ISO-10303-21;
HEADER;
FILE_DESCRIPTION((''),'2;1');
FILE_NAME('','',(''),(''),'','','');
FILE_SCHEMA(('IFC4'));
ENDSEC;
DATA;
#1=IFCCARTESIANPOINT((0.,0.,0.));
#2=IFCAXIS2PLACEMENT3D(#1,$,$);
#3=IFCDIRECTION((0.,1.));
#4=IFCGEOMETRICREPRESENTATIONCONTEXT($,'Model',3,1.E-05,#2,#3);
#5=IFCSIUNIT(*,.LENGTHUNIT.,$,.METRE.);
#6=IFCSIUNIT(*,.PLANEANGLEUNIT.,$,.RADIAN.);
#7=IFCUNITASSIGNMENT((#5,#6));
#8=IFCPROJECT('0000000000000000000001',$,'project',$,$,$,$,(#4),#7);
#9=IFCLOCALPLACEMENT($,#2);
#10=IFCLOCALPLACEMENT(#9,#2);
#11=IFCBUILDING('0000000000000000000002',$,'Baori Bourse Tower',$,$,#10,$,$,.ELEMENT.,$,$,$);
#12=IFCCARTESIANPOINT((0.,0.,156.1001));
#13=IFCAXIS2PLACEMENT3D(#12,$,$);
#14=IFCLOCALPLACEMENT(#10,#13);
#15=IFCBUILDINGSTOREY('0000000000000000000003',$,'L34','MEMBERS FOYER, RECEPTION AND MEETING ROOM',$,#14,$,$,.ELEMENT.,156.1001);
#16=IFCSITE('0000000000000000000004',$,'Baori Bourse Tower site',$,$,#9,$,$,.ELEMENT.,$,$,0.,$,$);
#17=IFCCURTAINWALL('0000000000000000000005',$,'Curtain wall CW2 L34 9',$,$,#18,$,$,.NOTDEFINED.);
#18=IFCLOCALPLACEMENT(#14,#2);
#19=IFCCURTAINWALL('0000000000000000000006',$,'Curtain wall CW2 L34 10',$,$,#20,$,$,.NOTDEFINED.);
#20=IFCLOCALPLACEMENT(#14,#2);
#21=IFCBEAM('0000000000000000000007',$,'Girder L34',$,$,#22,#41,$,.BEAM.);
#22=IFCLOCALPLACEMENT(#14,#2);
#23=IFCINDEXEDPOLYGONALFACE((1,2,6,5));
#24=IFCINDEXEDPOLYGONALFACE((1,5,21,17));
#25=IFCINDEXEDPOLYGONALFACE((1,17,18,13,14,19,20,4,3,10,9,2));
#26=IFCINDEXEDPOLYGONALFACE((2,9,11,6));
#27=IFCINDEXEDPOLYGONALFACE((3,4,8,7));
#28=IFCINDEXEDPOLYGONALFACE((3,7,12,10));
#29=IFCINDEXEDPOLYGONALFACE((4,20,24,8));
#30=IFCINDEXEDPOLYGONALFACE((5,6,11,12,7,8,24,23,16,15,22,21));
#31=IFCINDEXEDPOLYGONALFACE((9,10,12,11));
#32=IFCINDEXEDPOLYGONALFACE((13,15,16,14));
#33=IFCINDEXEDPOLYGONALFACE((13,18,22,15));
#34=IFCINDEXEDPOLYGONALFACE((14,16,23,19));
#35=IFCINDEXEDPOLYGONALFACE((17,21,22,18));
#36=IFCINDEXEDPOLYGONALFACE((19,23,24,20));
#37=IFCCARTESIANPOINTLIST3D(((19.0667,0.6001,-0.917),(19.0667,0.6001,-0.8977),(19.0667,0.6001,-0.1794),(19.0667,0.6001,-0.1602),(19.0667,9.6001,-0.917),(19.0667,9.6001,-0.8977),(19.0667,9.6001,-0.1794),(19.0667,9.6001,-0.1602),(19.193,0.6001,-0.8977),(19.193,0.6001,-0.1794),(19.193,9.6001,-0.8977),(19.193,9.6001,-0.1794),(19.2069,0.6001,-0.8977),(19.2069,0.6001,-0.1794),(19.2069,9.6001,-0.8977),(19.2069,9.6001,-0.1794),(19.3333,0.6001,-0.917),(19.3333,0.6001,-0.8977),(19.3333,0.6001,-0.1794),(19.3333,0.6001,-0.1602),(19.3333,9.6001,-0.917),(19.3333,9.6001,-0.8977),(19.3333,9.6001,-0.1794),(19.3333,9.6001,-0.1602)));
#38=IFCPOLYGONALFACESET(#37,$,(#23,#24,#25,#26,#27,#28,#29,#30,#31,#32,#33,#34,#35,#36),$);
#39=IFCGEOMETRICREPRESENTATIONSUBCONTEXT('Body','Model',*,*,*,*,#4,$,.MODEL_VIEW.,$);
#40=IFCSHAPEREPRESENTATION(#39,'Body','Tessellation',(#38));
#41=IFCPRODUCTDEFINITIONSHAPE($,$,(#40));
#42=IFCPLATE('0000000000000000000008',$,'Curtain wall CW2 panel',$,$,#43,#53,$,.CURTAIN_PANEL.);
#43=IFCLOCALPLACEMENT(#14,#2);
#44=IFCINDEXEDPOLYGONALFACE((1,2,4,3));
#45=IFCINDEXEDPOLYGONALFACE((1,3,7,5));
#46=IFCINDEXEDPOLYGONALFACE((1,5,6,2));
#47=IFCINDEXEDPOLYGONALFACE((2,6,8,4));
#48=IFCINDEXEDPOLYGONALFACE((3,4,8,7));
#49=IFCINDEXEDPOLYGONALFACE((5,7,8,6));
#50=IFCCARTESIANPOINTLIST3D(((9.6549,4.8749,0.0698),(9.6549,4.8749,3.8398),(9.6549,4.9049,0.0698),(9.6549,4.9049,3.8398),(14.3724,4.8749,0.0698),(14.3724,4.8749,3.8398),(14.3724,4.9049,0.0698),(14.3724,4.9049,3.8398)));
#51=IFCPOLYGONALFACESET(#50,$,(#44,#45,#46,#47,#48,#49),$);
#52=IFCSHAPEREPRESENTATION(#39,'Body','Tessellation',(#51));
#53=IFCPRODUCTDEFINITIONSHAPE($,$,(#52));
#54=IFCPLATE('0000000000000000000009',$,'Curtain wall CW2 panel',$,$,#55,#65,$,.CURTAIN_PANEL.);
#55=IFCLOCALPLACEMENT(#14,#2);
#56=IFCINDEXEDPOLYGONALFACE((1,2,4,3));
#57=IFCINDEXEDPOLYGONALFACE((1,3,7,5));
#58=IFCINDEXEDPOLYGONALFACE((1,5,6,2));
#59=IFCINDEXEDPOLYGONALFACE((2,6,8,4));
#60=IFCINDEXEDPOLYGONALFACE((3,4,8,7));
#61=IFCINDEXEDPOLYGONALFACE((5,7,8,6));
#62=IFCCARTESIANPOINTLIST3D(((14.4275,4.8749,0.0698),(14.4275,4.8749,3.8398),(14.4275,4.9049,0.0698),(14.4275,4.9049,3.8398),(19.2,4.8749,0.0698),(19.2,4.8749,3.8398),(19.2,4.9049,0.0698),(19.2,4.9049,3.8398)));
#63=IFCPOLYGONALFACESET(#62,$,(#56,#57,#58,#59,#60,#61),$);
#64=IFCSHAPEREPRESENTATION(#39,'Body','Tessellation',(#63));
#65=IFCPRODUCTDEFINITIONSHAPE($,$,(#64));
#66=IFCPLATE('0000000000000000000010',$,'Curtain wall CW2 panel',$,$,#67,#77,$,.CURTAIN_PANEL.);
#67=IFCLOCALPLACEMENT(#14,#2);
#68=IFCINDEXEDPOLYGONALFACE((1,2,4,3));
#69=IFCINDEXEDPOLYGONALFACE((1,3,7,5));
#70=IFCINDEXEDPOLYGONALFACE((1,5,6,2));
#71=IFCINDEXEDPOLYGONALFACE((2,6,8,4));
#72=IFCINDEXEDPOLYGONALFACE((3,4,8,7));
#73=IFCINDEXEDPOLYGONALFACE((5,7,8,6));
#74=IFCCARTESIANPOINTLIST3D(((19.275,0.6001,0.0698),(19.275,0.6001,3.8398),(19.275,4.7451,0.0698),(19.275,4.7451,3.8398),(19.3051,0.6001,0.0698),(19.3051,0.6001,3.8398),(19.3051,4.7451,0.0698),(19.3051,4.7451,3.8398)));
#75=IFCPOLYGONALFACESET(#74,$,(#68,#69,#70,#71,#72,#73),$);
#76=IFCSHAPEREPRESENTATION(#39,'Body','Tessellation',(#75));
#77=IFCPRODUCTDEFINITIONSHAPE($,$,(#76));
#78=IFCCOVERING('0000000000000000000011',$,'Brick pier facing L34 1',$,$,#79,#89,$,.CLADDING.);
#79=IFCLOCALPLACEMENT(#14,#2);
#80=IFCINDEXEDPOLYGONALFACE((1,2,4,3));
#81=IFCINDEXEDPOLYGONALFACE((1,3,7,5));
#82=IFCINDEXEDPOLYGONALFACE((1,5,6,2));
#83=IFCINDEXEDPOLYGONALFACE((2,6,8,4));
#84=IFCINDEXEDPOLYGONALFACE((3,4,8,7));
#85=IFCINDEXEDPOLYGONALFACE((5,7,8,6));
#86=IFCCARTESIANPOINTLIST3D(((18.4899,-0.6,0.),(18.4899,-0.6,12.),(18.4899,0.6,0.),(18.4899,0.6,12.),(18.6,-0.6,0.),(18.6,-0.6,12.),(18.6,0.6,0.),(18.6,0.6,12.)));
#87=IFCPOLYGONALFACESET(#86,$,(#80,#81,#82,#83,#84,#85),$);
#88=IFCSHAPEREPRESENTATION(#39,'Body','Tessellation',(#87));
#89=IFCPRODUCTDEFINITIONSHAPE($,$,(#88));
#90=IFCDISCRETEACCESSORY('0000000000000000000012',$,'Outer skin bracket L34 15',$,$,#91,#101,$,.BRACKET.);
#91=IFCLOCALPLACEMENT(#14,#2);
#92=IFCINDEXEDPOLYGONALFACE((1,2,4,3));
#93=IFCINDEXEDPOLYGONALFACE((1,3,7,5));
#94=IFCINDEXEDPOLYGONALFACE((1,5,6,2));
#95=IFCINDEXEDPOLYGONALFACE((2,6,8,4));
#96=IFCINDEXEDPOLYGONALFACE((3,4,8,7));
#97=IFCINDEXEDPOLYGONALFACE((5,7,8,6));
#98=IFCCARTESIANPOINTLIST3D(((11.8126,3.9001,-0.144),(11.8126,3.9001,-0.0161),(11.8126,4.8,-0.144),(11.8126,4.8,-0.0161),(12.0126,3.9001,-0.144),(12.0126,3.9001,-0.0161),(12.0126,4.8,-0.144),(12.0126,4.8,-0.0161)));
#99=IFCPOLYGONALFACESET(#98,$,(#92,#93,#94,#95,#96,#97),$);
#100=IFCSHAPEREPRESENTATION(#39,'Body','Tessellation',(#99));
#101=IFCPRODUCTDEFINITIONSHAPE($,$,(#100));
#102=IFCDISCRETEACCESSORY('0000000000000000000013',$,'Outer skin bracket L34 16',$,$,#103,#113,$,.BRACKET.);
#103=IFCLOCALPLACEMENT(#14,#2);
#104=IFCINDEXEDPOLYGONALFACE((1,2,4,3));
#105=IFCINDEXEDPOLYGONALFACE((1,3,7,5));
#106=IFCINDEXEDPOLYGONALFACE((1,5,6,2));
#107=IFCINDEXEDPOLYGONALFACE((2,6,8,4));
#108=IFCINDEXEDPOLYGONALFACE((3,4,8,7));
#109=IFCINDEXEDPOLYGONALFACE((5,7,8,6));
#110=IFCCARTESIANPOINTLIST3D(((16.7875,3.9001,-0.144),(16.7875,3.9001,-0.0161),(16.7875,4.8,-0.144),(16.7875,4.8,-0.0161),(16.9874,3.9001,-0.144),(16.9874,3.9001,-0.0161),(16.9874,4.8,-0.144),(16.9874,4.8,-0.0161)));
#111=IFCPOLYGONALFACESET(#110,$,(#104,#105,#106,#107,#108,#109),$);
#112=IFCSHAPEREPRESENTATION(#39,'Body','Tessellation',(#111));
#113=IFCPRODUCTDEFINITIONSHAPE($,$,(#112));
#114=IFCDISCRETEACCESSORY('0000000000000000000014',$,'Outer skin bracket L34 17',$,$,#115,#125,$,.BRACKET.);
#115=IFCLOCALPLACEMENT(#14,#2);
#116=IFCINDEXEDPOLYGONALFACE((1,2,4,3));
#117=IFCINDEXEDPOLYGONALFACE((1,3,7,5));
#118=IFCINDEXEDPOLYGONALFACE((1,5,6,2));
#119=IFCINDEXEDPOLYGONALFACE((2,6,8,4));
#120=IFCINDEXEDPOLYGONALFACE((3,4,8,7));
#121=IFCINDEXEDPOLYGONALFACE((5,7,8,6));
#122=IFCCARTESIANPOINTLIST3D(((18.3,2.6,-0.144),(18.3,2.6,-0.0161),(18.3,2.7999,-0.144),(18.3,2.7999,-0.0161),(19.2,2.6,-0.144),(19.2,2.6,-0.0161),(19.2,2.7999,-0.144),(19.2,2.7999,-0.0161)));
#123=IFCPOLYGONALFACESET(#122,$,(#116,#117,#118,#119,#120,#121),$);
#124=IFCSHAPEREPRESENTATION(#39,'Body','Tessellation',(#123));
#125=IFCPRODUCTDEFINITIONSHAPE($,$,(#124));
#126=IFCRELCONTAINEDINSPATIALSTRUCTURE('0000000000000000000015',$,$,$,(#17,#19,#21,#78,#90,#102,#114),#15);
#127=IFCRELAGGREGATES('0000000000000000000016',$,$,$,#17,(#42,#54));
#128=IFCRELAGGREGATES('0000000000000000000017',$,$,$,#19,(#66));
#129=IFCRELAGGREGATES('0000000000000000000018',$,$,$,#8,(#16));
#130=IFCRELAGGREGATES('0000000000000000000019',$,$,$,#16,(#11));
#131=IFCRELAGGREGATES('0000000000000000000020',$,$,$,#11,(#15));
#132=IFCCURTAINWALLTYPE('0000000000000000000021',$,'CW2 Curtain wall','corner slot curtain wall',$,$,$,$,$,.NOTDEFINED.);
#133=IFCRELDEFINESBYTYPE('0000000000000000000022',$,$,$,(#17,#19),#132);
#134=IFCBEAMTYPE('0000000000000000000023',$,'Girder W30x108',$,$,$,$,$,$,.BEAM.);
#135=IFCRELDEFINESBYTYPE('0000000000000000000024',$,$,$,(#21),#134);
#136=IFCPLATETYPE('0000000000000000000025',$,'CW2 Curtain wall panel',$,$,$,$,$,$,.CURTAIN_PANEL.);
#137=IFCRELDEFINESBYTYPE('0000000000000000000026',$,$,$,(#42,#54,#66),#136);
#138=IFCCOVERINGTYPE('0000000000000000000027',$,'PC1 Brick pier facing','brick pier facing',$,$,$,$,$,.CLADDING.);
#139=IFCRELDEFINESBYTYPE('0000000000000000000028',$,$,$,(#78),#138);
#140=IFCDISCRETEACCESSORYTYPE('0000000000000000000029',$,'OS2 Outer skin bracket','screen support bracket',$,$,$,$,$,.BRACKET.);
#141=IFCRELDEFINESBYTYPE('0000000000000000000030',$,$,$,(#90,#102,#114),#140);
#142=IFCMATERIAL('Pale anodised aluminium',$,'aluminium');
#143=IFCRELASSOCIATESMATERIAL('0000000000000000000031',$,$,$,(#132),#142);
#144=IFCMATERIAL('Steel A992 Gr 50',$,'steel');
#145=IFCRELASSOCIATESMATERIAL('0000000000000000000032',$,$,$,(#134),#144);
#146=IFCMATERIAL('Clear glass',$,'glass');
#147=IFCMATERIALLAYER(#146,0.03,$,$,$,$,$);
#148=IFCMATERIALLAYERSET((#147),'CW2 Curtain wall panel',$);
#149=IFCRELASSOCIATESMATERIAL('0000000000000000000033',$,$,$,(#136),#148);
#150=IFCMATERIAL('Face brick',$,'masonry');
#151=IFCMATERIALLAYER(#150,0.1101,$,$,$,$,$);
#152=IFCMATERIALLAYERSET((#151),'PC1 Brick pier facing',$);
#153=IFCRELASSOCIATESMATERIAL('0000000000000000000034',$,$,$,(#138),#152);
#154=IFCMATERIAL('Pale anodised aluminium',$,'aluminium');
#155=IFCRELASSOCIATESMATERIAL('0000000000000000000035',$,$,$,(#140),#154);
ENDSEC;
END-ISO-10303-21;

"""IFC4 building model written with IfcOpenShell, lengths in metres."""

from ifc_helpers import new_model, si_unit, direction, frame, origin, origin_2d, place, context, subcontext, project, spatial, rectangle, i_section, extrude, material, layer, layer_set, material_profile, profile_set, type_object, element, aggregate, save


model = new_model("IFC4")

# Units and contexts
model_context = context("Model", 3, precision=1e-05, world=origin(), true_north=direction((0.0, 1.0)))
body_context = subcontext(model_context, "Body", "Model", "MODEL_VIEW")
ifc_project = project(units=[si_unit("LENGTHUNIT", "METRE"), si_unit("PLANEANGLEUNIT", "RADIAN")], contexts=[model_context])

# Site, building, storey
site_placement = place(None, origin())
site = spatial("IfcSite", under=ifc_project, at=site_placement, Name="Baori Bourse Tower site", CompositionType="ELEMENT", RefElevation=0.0)
building_placement = place(site_placement, origin())
building = spatial("IfcBuilding", under=site, at=building_placement, Name="Baori Bourse Tower", CompositionType="ELEMENT")
storey_placement = place(building_placement, frame((0.0, 0.0, 156.1001)))
storey = spatial("IfcBuildingStorey", under=building, at=storey_placement, Name="L34", Description="MEMBERS FOYER, RECEPTION AND MEETING ROOM", CompositionType="ELEMENT", Elevation=156.1001)

# Curtain wall
ifc_material_1 = material(Name="Pale anodised aluminium", Category="aluminium")
curtain_wall_type_1 = type_object("IfcCurtainWallType", Name="CW2 Curtain wall", Description="corner slot curtain wall", PredefinedType="NOTDEFINED", material=ifc_material_1)
curtain_wall_1_placement = place(storey_placement, origin())
curtain_wall_1 = element("IfcCurtainWall", 1, at=curtain_wall_1_placement, inside=storey, type_object=curtain_wall_type_1, Name="Curtain wall CW2 L34 9", PredefinedType="NOTDEFINED")

# Curtain wall
curtain_wall_2_placement = place(storey_placement, origin())
curtain_wall_2 = element("IfcCurtainWall", 2, at=curtain_wall_2_placement, inside=storey, type_object=curtain_wall_type_1, Name="Curtain wall CW2 L34 10", PredefinedType="NOTDEFINED")

# Beam
ifc_material_2 = material(Name="Steel A992 Gr 50", Category="steel")
ifc_material_profile_1 = material_profile(ifc_material_2, i_section(OverallWidth=0.2666, OverallDepth=0.7568, WebThickness=0.0139, FlangeThickness=0.0193, at=origin_2d()), Name="W30x108")
ifc_profile_set_1 = profile_set([ifc_material_profile_1], Name="Steel A992 Gr 50")
beam_type_1 = type_object("IfcBeamType", Name="Girder W30x108", PredefinedType="BEAM", material=ifc_profile_set_1)
beam_1_placement = place(storey_placement, frame((19.2, 0.6001, -0.5386), z_axis=(0.0, 1.0, 0.0), x_axis=(-1.0, 0.0, 0.0)))
element("IfcBeam", 3, at=beam_1_placement, inside=storey, type_object=beam_type_1, Name="Girder L34", PredefinedType="BEAM", context=body_context, shape_type="SweptSolid", body=[
    extrude(i_section(OverallWidth=0.2666, OverallDepth=0.7568, WebThickness=0.0139, FlangeThickness=0.0193, at=origin_2d()), origin(), (0.0, 0.0, 1.0), 9.0),
])

# Plates
ifc_material_3 = material(Name="Clear glass", Category="glass")
ifc_layer_1 = layer(ifc_material_3, 0.03)
ifc_layer_set_1 = layer_set([ifc_layer_1], Name="CW2 Curtain wall panel")
plate_type = type_object("IfcPlateType", Name="CW2 Curtain wall panel", PredefinedType="CURTAIN_PANEL", material=ifc_layer_set_1)
plate_1_placement = place(storey_placement, frame((12.0137, 4.8899, 0.0698), z_axis=(0.0, 0.0, 1.0), x_axis=(1.0, 0.0, 0.0)))
plate_1 = element("IfcPlate", 4, at=plate_1_placement, type_object=plate_type, Name="Curtain wall CW2 panel", PredefinedType="CURTAIN_PANEL", context=body_context, shape_type="SweptSolid", body=[
    extrude(rectangle(XDim=4.7175, YDim=0.03, at=origin_2d()), origin(), (0.0, 0.0, 1.0), 3.77),
])
plate_2_placement = place(storey_placement, frame((16.8137, 4.8899, 0.0698), z_axis=(0.0, 0.0, 1.0), x_axis=(1.0, 0.0, 0.0)))
plate_2 = element("IfcPlate", 5, at=plate_2_placement, type_object=plate_type, Name="Curtain wall CW2 panel", PredefinedType="CURTAIN_PANEL", context=body_context, shape_type="SweptSolid", body=[
    extrude(rectangle(XDim=4.7725, YDim=0.03, at=origin_2d()), origin(), (0.0, 0.0, 1.0), 3.77),
])
aggregate(curtain_wall_1, [plate_1, plate_2])
plate_3_placement = place(storey_placement, frame((19.29, 2.6726, 0.0698), z_axis=(0.0, 0.0, 1.0), x_axis=(0.0, -1.0, 0.0)))
plate_3 = element("IfcPlate", 6, at=plate_3_placement, type_object=plate_type, Name="Curtain wall CW2 panel", PredefinedType="CURTAIN_PANEL", context=body_context, shape_type="SweptSolid", body=[
    extrude(rectangle(XDim=4.145, YDim=0.03, at=origin_2d()), origin(), (0.0, 0.0, 1.0), 3.77),
])
aggregate(curtain_wall_2, [plate_3])

# Covering
ifc_material_4 = material(Name="Face brick", Category="masonry")
ifc_layer_2 = layer(ifc_material_4, 0.1101)
ifc_layer_set_2 = layer_set([ifc_layer_2], Name="PC1 Brick pier facing")
covering_type = type_object("IfcCoveringType", Name="PC1 Brick pier facing", Description="brick pier facing", PredefinedType="CLADDING", material=ifc_layer_set_2)
covering_placement = place(storey_placement, frame((18.5449, 0.0, 0.0), z_axis=(0.0, 0.0, 1.0), x_axis=(1.0, 0.0, 0.0)))
element("IfcCovering", 7, at=covering_placement, inside=storey, type_object=covering_type, Name="Brick pier facing L34 1", PredefinedType="CLADDING", context=body_context, shape_type="SweptSolid", body=[
    extrude(rectangle(XDim=0.1101, YDim=1.2, at=origin_2d()), origin(), (0.0, 0.0, 1.0), 12.0),
])

# Discrete accessories
ifc_material_5 = material(Name="Pale anodised aluminium", Category="aluminium")
discrete_accessory_type = type_object("IfcDiscreteAccessoryType", Name="OS2 Outer skin bracket", Description="screen support bracket", PredefinedType="BRACKET", material=ifc_material_5)
for number, where, z_axis, x_axis, name in (
    (8, (11.9126, 4.3501, -0.144), (0.0, 0.0, 1.0), (1.0, 0.0, 0.0), "Outer skin bracket L34 15"),
    (9, (16.8875, 4.3501, -0.144), (0.0, 0.0, 1.0), (1.0, 0.0, 0.0), "Outer skin bracket L34 16"),
    (10, (18.75, 2.7, -0.144), (0.0, 0.0, 1.0), (0.0, -1.0, 0.0), "Outer skin bracket L34 17"),
):
    element("IfcDiscreteAccessory", number, at=place(storey_placement, frame(where, z_axis=z_axis, x_axis=x_axis)), inside=storey, type_object=discrete_accessory_type, Name=name, PredefinedType="BRACKET", context=body_context, shape_type="SweptSolid", body=[
        extrude(rectangle(XDim=0.2, YDim=0.8999, at=origin_2d()), origin(), (0.0, 0.0, 1.0), 0.1279),
    ])

save(model, "model.ifc")
